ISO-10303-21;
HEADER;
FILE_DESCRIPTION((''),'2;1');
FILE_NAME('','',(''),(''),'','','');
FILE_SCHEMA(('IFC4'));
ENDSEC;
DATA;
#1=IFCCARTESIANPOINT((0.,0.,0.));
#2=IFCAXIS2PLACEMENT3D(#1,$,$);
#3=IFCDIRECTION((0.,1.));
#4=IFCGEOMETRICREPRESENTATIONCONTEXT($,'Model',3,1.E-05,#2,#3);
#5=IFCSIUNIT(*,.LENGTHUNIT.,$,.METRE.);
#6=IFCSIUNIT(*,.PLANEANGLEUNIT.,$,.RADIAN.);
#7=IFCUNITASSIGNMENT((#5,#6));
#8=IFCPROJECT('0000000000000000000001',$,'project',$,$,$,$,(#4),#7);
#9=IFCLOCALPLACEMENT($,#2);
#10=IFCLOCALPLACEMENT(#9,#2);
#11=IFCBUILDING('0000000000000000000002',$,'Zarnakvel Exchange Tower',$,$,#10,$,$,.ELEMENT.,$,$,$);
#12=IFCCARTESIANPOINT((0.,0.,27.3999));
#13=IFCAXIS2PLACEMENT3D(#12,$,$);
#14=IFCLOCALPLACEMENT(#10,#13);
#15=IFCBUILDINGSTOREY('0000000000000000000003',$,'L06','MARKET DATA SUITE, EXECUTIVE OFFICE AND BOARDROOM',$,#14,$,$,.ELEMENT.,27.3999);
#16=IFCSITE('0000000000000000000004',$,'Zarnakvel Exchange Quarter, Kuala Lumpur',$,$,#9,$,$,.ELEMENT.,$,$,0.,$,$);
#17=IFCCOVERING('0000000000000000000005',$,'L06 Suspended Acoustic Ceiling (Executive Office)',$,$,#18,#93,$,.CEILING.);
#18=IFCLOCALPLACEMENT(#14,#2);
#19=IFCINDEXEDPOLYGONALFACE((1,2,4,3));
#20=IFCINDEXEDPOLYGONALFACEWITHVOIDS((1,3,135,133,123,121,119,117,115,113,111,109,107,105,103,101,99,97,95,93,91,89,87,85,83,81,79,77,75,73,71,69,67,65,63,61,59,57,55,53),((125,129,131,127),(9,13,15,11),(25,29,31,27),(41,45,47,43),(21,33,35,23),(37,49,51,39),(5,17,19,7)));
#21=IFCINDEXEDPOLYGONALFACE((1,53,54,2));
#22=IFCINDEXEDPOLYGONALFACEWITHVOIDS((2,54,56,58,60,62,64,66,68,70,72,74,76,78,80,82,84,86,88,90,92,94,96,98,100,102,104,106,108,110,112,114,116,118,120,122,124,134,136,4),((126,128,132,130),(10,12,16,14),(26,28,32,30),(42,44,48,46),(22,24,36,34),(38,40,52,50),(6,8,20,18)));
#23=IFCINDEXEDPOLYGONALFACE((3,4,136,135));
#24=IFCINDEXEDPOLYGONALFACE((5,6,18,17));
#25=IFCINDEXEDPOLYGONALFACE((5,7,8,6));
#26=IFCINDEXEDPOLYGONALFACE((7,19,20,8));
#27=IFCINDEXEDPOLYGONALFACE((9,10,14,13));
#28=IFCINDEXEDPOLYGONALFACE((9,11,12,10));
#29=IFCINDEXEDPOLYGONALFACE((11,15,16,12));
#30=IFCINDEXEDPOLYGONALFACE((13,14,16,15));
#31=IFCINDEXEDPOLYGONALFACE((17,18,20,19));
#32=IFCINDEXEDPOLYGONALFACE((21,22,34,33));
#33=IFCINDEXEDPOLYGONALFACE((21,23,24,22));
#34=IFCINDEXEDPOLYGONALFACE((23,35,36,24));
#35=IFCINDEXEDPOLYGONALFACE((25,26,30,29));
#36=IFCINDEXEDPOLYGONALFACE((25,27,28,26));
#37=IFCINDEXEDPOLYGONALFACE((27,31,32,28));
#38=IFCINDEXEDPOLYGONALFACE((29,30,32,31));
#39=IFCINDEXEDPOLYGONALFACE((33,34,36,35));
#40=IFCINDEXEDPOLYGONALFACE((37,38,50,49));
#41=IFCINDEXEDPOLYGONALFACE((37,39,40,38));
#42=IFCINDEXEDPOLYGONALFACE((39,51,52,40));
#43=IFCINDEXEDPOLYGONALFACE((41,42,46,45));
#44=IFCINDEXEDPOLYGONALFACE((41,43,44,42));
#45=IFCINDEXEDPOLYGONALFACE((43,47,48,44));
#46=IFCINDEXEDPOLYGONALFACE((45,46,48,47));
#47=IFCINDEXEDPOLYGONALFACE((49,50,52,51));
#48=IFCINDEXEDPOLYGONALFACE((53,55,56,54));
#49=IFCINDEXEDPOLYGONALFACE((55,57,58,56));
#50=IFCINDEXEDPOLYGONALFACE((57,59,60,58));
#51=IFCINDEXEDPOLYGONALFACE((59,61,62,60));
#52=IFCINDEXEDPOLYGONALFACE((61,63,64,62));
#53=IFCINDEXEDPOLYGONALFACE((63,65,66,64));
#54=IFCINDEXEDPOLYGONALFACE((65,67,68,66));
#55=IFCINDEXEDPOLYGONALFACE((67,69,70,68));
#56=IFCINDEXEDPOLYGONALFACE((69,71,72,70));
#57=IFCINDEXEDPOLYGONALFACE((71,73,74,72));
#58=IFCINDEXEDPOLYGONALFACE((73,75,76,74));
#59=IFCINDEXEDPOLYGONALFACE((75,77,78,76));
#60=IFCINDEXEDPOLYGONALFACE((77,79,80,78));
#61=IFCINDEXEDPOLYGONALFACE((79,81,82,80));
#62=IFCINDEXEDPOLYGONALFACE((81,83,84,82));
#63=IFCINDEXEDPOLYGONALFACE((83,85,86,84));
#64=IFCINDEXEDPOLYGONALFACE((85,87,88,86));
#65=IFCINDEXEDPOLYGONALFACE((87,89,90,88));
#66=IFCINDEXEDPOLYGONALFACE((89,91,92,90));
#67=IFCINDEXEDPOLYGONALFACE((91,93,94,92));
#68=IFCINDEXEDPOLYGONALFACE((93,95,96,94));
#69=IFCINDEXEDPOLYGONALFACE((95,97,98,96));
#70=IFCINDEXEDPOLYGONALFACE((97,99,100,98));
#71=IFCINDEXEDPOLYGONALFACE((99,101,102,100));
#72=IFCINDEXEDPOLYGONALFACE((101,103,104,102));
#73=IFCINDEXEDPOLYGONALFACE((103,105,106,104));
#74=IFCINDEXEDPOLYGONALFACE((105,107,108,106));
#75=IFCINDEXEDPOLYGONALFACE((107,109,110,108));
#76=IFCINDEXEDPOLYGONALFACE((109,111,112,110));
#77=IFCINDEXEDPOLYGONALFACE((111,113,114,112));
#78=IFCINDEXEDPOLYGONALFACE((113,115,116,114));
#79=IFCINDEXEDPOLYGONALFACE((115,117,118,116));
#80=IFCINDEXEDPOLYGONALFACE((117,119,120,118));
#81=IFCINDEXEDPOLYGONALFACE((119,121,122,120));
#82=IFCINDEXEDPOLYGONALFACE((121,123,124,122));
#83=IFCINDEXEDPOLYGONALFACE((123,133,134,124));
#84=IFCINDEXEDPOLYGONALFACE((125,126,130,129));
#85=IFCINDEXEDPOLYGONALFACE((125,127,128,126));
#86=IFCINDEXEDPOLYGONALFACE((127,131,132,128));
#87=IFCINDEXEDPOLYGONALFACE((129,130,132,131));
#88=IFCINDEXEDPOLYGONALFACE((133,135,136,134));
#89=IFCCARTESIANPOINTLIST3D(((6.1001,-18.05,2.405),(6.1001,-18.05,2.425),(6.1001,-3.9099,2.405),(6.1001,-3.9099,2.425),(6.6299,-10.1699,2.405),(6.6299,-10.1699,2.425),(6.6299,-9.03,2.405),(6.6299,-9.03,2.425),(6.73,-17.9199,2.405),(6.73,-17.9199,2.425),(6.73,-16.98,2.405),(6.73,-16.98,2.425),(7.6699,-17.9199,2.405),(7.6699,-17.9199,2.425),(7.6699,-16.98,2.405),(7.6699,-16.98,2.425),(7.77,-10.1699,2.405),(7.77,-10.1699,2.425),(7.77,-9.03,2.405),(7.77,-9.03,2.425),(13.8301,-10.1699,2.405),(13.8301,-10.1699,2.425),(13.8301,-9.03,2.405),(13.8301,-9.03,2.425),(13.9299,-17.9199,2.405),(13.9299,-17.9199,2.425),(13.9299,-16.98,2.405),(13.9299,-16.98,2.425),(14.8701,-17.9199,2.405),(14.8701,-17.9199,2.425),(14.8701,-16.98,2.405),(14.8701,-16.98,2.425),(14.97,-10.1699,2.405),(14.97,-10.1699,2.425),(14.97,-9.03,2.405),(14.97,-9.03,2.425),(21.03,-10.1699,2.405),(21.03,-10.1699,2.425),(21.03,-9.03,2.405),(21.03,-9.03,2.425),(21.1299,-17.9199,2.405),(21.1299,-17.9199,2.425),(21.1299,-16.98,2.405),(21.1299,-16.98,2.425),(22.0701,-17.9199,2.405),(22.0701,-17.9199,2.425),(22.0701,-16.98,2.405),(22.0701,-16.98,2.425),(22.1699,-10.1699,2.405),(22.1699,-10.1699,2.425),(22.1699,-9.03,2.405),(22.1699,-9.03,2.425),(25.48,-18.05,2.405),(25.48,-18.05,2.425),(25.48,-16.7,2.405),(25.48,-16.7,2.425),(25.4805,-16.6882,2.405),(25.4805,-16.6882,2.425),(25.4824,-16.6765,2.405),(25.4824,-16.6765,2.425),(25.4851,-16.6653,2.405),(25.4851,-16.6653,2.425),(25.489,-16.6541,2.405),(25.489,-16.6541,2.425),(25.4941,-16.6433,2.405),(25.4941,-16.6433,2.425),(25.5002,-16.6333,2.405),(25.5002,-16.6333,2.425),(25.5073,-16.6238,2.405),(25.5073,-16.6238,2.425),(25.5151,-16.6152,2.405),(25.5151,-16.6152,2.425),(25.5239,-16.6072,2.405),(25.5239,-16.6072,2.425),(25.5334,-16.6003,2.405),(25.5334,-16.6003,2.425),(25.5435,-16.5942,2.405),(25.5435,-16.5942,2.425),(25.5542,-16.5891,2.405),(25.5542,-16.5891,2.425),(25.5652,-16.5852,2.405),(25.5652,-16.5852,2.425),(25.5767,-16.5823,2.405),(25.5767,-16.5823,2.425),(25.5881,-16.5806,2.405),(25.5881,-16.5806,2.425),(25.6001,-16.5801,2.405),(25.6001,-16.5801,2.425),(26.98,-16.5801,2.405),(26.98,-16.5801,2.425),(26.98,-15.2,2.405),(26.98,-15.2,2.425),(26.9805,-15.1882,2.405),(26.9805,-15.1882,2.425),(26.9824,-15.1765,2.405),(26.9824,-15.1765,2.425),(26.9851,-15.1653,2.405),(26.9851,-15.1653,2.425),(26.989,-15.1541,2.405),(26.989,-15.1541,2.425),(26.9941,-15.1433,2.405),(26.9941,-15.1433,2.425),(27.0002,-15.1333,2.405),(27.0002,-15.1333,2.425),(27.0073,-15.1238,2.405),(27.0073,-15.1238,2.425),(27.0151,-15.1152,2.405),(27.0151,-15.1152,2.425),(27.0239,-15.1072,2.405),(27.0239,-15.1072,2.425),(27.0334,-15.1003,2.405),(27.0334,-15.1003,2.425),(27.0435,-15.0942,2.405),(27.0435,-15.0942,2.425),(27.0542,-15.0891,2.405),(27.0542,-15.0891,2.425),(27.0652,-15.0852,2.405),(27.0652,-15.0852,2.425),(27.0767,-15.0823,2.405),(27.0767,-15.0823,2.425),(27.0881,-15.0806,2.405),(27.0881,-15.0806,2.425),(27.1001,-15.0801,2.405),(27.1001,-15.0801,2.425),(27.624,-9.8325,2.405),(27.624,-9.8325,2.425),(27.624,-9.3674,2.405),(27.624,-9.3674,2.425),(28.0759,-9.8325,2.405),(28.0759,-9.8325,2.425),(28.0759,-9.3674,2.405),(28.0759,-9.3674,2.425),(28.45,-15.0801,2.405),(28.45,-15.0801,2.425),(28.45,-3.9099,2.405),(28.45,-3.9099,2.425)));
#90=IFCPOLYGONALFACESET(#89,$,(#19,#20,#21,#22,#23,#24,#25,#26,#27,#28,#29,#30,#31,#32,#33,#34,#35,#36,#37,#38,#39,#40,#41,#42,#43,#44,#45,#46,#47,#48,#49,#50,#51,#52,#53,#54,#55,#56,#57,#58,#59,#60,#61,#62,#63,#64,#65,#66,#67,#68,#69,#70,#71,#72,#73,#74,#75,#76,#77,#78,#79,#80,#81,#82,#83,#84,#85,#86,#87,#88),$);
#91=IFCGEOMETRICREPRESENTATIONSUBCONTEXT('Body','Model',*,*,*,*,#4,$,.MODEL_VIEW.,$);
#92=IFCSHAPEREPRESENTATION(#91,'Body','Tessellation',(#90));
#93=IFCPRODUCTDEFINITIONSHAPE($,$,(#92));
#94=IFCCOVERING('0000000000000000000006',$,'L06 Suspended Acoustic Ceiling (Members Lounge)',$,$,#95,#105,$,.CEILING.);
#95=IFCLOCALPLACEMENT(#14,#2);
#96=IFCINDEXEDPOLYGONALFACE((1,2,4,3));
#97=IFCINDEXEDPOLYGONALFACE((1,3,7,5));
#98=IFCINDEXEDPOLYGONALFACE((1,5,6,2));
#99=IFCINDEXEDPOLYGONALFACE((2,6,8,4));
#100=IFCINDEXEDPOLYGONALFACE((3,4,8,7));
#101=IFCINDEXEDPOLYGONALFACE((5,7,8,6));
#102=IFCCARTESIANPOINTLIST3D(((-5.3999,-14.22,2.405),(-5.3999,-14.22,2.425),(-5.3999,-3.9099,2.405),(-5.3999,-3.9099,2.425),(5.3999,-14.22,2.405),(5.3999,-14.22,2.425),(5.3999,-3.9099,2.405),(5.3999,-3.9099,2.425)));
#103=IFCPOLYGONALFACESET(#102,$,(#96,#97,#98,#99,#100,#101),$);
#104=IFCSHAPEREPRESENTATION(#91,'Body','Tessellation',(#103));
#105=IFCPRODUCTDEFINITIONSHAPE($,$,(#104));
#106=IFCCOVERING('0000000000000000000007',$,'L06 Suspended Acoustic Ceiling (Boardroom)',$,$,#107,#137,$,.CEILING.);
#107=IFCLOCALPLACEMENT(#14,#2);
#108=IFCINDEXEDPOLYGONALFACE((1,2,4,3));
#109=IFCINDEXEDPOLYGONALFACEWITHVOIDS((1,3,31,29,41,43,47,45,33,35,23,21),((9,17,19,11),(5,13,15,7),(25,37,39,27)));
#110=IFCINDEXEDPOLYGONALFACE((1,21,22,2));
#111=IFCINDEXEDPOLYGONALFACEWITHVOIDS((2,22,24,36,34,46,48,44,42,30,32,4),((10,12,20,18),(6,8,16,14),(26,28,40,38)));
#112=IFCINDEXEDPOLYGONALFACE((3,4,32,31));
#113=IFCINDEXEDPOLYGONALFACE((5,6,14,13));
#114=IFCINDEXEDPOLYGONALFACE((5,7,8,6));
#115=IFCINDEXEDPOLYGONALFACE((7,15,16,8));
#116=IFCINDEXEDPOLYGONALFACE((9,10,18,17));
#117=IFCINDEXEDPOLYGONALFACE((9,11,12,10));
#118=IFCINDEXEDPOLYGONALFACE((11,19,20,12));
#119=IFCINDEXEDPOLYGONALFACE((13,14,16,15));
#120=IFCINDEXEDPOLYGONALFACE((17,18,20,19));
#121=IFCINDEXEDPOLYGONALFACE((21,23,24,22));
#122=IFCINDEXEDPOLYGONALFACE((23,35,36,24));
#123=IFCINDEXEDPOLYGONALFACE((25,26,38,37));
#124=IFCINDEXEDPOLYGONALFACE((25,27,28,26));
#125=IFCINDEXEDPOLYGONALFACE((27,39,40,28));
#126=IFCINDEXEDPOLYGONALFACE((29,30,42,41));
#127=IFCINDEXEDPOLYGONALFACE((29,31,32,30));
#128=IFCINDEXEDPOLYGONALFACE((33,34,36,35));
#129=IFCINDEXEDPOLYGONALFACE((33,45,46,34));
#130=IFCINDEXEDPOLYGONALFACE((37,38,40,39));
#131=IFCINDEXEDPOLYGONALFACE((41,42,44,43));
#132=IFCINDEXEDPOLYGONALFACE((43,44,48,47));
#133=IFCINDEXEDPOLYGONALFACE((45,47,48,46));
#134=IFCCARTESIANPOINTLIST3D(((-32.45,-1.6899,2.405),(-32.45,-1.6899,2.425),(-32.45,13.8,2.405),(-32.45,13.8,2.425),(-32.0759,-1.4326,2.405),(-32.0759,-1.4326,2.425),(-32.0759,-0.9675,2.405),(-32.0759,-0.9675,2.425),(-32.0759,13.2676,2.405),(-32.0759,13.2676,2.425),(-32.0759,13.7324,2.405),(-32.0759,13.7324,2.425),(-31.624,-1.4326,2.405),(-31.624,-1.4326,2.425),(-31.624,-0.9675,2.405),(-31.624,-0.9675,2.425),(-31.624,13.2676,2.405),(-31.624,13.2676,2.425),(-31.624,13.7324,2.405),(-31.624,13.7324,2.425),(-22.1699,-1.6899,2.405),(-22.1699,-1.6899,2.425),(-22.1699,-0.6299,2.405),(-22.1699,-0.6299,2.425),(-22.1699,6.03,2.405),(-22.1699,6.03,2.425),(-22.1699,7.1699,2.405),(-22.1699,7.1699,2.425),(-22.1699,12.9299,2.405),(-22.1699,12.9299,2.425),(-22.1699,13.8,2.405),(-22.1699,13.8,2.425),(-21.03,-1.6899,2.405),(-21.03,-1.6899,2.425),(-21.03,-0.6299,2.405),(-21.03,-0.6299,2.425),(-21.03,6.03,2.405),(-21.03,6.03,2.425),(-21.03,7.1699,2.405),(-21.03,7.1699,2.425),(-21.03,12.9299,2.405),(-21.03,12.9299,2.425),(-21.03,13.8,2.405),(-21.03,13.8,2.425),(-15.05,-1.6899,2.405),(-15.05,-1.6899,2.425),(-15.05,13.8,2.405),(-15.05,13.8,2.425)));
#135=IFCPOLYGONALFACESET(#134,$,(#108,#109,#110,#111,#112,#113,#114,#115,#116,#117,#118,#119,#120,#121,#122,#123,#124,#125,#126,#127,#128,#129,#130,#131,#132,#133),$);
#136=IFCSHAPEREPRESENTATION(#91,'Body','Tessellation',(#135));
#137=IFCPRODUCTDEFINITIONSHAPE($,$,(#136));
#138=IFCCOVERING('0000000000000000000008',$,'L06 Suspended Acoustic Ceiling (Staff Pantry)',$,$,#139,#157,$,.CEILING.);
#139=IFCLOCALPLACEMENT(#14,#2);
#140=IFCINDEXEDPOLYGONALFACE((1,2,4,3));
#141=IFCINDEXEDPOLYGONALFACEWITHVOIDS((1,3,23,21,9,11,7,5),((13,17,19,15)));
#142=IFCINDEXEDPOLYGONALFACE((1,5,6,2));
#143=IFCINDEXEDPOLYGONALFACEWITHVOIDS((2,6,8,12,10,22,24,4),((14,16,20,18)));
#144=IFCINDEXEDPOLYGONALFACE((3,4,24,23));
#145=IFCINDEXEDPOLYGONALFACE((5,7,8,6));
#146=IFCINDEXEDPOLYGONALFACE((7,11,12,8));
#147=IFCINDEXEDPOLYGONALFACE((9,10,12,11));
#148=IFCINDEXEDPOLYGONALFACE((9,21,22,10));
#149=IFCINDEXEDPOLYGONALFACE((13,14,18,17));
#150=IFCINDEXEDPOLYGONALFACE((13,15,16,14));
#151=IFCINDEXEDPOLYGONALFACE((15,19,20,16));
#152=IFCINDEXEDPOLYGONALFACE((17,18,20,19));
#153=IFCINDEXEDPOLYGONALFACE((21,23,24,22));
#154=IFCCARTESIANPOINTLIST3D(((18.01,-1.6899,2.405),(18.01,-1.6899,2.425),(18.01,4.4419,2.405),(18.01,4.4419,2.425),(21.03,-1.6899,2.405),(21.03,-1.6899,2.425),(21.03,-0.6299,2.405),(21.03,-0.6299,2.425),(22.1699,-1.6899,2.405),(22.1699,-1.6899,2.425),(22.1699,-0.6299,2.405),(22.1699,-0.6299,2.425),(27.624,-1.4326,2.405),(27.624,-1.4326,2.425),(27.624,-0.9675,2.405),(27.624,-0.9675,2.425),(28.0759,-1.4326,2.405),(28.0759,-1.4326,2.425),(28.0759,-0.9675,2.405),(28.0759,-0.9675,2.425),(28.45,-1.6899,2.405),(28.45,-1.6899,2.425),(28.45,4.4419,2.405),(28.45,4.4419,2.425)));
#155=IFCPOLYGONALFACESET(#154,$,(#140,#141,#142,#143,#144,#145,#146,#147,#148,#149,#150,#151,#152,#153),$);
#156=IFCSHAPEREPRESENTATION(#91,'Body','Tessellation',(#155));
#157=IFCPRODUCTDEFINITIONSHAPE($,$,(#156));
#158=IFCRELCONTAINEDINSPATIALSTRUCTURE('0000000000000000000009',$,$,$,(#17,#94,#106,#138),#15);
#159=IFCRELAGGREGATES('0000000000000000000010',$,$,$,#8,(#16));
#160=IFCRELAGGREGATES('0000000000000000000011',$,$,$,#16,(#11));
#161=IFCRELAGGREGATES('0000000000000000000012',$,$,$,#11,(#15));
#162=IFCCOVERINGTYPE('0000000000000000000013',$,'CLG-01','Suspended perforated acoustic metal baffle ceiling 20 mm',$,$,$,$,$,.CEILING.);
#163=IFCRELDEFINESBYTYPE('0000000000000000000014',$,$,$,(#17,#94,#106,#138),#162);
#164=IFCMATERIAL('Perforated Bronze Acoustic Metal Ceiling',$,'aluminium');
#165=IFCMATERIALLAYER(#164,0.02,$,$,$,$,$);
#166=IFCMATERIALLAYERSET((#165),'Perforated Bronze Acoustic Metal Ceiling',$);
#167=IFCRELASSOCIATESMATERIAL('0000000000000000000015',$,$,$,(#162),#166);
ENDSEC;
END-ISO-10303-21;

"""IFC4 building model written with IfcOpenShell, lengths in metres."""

from ifc_helpers import new_model, si_unit, direction, frame, origin, place, context, subcontext, project, spatial, polyline, outline, extrude, material, layer, layer_set, type_object, element, save


model = new_model("IFC4")

# Units and contexts
model_context = context("Model", 3, precision=1e-05, world=origin(), true_north=direction((0.0, 1.0)))
body_context = subcontext(model_context, "Body", "Model", "MODEL_VIEW")
ifc_project = project(units=[si_unit("LENGTHUNIT", "METRE"), si_unit("PLANEANGLEUNIT", "RADIAN")], contexts=[model_context])

# Site, building, storey
site_placement = place(None, origin())
site = spatial("IfcSite", under=ifc_project, at=site_placement, Name="Zarnakvel Exchange Quarter, Kuala Lumpur", CompositionType="ELEMENT", RefElevation=0.0)
building_placement = place(site_placement, origin())
building = spatial("IfcBuilding", under=site, at=building_placement, Name="Zarnakvel Exchange Tower", CompositionType="ELEMENT")
storey_placement = place(building_placement, frame((0.0, 0.0, 27.3999)))
storey = spatial("IfcBuildingStorey", under=building, at=storey_placement, Name="L06", Description="MARKET DATA SUITE, EXECUTIVE OFFICE AND BOARDROOM", CompositionType="ELEMENT", Elevation=27.3999)

# Coverings
ifc_material_1 = material(Name="Perforated Bronze Acoustic Metal Ceiling", Category="aluminium")
ifc_layer_1 = layer(ifc_material_1, 0.02)
ifc_layer_set_1 = layer_set([ifc_layer_1], Name="Perforated Bronze Acoustic Metal Ceiling")
covering_type_1 = type_object("IfcCoveringType", Name="CLG-01", Description="Suspended perforated acoustic metal baffle ceiling 20 mm", PredefinedType="CEILING", material=ifc_layer_set_1)
covering_1_placement = place(storey_placement, frame((0.0, 0.0, 2.405)))
element("IfcCovering", 1, at=covering_1_placement, inside=storey, type_object=covering_type_1, Name="L06 Suspended Acoustic Ceiling (Executive Office)", PredefinedType="CEILING", context=body_context, shape_type="SweptSolid", body=[
    extrude(outline(polyline([(6.1001, -3.9099), (28.45, -3.9099), (28.45, -15.0801), (27.1001, -15.0801), (27.0881, -15.0806), (27.0767, -15.0823), (27.0652, -15.0852), (27.0542, -15.0891), (27.0435, -15.0942), (27.0334, -15.1003), (27.0239, -15.1072), (27.0151, -15.1152), (27.0073, -15.1238), (27.0002, -15.1333), (26.9941, -15.1433), (26.989, -15.1541), (26.9851, -15.1653), (26.9824, -15.1765), (26.9805, -15.1882), (26.98, -15.2), (26.98, -16.5801), (25.6001, -16.5801), (25.5881, -16.5806), (25.5767, -16.5823), (25.5652, -16.5852), (25.5542, -16.5891), (25.5435, -16.5942), (25.5334, -16.6003), (25.5239, -16.6072), (25.5151, -16.6152), (25.5073, -16.6238), (25.5002, -16.6333), (25.4941, -16.6433), (25.489, -16.6541), (25.4851, -16.6653), (25.4824, -16.6765), (25.4805, -16.6882), (25.48, -16.7), (25.48, -18.05), (6.1001, -18.05), (6.1001, -3.9099)]), holes=[polyline([(28.0759, -9.8325), (28.0759, -9.3674), (27.624, -9.3674), (27.624, -9.8325), (28.0759, -9.8325)]), polyline([(22.1699, -10.1699), (22.1699, -9.03), (21.03, -9.03), (21.03, -10.1699), (22.1699, -10.1699)]), polyline([(22.0701, -17.9199), (22.0701, -16.98), (21.1299, -16.98), (21.1299, -17.9199), (22.0701, -17.9199)]), polyline([(13.8301, -10.1699), (14.97, -10.1699), (14.97, -9.03), (13.8301, -9.03), (13.8301, -10.1699)]), polyline([(14.8701, -17.9199), (14.8701, -16.98), (13.9299, -16.98), (13.9299, -17.9199), (14.8701, -17.9199)]), polyline([(6.6299, -10.1699), (7.77, -10.1699), (7.77, -9.03), (6.6299, -9.03), (6.6299, -10.1699)]), polyline([(7.6699, -17.9199), (7.6699, -16.98), (6.73, -16.98), (6.73, -17.9199), (7.6699, -17.9199)])]), origin(), (0.0, 0.0, 1.0), 0.02),
])
covering_2_placement = place(storey_placement, frame((0.0, 0.0, 2.405)))
element("IfcCovering", 2, at=covering_2_placement, inside=storey, type_object=covering_type_1, Name="L06 Suspended Acoustic Ceiling (Members Lounge)", PredefinedType="CEILING", context=body_context, shape_type="SweptSolid", body=[
    extrude(outline(polyline([(-5.3999, -3.9099), (5.3999, -3.9099), (5.3999, -14.22), (-5.3999, -14.22), (-5.3999, -3.9099)])), origin(), (0.0, 0.0, 1.0), 0.02),
])
covering_3_placement = place(storey_placement, frame((0.0, 0.0, 2.405)))
element("IfcCovering", 3, at=covering_3_placement, inside=storey, type_object=covering_type_1, Name="L06 Suspended Acoustic Ceiling (Boardroom)", PredefinedType="CEILING", context=body_context, shape_type="SweptSolid", body=[
    extrude(outline(polyline([(-32.45, 13.8), (-22.1699, 13.8), (-22.1699, 12.9299), (-21.03, 12.9299), (-21.03, 13.8), (-15.05, 13.8), (-15.05, -1.6899), (-21.03, -1.6899), (-21.03, -0.6299), (-22.1699, -0.6299), (-22.1699, -1.6899), (-32.45, -1.6899), (-32.45, 13.8)]), holes=[polyline([(-21.03, 6.03), (-21.03, 7.1699), (-22.1699, 7.1699), (-22.1699, 6.03), (-21.03, 6.03)]), polyline([(-31.624, 13.2676), (-31.624, 13.7324), (-32.0759, 13.7324), (-32.0759, 13.2676), (-31.624, 13.2676)]), polyline([(-31.624, -1.4326), (-31.624, -0.9675), (-32.0759, -0.9675), (-32.0759, -1.4326), (-31.624, -1.4326)])]), origin(), (0.0, 0.0, 1.0), 0.02),
])
covering_4_placement = place(storey_placement, frame((0.0, 0.0, 2.405)))
element("IfcCovering", 4, at=covering_4_placement, inside=storey, type_object=covering_type_1, Name="L06 Suspended Acoustic Ceiling (Staff Pantry)", PredefinedType="CEILING", context=body_context, shape_type="SweptSolid", body=[
    extrude(outline(polyline([(18.01, 4.4419), (28.45, 4.4419), (28.45, -1.6899), (22.1699, -1.6899), (22.1699, -0.6299), (21.03, -0.6299), (21.03, -1.6899), (18.01, -1.6899), (18.01, 4.4419)]), holes=[polyline([(27.624, -1.4326), (28.0759, -1.4326), (28.0759, -0.9675), (27.624, -0.9675), (27.624, -1.4326)])]), origin(), (0.0, 0.0, 1.0), 0.02),
])

save(model, "model.ifc")
